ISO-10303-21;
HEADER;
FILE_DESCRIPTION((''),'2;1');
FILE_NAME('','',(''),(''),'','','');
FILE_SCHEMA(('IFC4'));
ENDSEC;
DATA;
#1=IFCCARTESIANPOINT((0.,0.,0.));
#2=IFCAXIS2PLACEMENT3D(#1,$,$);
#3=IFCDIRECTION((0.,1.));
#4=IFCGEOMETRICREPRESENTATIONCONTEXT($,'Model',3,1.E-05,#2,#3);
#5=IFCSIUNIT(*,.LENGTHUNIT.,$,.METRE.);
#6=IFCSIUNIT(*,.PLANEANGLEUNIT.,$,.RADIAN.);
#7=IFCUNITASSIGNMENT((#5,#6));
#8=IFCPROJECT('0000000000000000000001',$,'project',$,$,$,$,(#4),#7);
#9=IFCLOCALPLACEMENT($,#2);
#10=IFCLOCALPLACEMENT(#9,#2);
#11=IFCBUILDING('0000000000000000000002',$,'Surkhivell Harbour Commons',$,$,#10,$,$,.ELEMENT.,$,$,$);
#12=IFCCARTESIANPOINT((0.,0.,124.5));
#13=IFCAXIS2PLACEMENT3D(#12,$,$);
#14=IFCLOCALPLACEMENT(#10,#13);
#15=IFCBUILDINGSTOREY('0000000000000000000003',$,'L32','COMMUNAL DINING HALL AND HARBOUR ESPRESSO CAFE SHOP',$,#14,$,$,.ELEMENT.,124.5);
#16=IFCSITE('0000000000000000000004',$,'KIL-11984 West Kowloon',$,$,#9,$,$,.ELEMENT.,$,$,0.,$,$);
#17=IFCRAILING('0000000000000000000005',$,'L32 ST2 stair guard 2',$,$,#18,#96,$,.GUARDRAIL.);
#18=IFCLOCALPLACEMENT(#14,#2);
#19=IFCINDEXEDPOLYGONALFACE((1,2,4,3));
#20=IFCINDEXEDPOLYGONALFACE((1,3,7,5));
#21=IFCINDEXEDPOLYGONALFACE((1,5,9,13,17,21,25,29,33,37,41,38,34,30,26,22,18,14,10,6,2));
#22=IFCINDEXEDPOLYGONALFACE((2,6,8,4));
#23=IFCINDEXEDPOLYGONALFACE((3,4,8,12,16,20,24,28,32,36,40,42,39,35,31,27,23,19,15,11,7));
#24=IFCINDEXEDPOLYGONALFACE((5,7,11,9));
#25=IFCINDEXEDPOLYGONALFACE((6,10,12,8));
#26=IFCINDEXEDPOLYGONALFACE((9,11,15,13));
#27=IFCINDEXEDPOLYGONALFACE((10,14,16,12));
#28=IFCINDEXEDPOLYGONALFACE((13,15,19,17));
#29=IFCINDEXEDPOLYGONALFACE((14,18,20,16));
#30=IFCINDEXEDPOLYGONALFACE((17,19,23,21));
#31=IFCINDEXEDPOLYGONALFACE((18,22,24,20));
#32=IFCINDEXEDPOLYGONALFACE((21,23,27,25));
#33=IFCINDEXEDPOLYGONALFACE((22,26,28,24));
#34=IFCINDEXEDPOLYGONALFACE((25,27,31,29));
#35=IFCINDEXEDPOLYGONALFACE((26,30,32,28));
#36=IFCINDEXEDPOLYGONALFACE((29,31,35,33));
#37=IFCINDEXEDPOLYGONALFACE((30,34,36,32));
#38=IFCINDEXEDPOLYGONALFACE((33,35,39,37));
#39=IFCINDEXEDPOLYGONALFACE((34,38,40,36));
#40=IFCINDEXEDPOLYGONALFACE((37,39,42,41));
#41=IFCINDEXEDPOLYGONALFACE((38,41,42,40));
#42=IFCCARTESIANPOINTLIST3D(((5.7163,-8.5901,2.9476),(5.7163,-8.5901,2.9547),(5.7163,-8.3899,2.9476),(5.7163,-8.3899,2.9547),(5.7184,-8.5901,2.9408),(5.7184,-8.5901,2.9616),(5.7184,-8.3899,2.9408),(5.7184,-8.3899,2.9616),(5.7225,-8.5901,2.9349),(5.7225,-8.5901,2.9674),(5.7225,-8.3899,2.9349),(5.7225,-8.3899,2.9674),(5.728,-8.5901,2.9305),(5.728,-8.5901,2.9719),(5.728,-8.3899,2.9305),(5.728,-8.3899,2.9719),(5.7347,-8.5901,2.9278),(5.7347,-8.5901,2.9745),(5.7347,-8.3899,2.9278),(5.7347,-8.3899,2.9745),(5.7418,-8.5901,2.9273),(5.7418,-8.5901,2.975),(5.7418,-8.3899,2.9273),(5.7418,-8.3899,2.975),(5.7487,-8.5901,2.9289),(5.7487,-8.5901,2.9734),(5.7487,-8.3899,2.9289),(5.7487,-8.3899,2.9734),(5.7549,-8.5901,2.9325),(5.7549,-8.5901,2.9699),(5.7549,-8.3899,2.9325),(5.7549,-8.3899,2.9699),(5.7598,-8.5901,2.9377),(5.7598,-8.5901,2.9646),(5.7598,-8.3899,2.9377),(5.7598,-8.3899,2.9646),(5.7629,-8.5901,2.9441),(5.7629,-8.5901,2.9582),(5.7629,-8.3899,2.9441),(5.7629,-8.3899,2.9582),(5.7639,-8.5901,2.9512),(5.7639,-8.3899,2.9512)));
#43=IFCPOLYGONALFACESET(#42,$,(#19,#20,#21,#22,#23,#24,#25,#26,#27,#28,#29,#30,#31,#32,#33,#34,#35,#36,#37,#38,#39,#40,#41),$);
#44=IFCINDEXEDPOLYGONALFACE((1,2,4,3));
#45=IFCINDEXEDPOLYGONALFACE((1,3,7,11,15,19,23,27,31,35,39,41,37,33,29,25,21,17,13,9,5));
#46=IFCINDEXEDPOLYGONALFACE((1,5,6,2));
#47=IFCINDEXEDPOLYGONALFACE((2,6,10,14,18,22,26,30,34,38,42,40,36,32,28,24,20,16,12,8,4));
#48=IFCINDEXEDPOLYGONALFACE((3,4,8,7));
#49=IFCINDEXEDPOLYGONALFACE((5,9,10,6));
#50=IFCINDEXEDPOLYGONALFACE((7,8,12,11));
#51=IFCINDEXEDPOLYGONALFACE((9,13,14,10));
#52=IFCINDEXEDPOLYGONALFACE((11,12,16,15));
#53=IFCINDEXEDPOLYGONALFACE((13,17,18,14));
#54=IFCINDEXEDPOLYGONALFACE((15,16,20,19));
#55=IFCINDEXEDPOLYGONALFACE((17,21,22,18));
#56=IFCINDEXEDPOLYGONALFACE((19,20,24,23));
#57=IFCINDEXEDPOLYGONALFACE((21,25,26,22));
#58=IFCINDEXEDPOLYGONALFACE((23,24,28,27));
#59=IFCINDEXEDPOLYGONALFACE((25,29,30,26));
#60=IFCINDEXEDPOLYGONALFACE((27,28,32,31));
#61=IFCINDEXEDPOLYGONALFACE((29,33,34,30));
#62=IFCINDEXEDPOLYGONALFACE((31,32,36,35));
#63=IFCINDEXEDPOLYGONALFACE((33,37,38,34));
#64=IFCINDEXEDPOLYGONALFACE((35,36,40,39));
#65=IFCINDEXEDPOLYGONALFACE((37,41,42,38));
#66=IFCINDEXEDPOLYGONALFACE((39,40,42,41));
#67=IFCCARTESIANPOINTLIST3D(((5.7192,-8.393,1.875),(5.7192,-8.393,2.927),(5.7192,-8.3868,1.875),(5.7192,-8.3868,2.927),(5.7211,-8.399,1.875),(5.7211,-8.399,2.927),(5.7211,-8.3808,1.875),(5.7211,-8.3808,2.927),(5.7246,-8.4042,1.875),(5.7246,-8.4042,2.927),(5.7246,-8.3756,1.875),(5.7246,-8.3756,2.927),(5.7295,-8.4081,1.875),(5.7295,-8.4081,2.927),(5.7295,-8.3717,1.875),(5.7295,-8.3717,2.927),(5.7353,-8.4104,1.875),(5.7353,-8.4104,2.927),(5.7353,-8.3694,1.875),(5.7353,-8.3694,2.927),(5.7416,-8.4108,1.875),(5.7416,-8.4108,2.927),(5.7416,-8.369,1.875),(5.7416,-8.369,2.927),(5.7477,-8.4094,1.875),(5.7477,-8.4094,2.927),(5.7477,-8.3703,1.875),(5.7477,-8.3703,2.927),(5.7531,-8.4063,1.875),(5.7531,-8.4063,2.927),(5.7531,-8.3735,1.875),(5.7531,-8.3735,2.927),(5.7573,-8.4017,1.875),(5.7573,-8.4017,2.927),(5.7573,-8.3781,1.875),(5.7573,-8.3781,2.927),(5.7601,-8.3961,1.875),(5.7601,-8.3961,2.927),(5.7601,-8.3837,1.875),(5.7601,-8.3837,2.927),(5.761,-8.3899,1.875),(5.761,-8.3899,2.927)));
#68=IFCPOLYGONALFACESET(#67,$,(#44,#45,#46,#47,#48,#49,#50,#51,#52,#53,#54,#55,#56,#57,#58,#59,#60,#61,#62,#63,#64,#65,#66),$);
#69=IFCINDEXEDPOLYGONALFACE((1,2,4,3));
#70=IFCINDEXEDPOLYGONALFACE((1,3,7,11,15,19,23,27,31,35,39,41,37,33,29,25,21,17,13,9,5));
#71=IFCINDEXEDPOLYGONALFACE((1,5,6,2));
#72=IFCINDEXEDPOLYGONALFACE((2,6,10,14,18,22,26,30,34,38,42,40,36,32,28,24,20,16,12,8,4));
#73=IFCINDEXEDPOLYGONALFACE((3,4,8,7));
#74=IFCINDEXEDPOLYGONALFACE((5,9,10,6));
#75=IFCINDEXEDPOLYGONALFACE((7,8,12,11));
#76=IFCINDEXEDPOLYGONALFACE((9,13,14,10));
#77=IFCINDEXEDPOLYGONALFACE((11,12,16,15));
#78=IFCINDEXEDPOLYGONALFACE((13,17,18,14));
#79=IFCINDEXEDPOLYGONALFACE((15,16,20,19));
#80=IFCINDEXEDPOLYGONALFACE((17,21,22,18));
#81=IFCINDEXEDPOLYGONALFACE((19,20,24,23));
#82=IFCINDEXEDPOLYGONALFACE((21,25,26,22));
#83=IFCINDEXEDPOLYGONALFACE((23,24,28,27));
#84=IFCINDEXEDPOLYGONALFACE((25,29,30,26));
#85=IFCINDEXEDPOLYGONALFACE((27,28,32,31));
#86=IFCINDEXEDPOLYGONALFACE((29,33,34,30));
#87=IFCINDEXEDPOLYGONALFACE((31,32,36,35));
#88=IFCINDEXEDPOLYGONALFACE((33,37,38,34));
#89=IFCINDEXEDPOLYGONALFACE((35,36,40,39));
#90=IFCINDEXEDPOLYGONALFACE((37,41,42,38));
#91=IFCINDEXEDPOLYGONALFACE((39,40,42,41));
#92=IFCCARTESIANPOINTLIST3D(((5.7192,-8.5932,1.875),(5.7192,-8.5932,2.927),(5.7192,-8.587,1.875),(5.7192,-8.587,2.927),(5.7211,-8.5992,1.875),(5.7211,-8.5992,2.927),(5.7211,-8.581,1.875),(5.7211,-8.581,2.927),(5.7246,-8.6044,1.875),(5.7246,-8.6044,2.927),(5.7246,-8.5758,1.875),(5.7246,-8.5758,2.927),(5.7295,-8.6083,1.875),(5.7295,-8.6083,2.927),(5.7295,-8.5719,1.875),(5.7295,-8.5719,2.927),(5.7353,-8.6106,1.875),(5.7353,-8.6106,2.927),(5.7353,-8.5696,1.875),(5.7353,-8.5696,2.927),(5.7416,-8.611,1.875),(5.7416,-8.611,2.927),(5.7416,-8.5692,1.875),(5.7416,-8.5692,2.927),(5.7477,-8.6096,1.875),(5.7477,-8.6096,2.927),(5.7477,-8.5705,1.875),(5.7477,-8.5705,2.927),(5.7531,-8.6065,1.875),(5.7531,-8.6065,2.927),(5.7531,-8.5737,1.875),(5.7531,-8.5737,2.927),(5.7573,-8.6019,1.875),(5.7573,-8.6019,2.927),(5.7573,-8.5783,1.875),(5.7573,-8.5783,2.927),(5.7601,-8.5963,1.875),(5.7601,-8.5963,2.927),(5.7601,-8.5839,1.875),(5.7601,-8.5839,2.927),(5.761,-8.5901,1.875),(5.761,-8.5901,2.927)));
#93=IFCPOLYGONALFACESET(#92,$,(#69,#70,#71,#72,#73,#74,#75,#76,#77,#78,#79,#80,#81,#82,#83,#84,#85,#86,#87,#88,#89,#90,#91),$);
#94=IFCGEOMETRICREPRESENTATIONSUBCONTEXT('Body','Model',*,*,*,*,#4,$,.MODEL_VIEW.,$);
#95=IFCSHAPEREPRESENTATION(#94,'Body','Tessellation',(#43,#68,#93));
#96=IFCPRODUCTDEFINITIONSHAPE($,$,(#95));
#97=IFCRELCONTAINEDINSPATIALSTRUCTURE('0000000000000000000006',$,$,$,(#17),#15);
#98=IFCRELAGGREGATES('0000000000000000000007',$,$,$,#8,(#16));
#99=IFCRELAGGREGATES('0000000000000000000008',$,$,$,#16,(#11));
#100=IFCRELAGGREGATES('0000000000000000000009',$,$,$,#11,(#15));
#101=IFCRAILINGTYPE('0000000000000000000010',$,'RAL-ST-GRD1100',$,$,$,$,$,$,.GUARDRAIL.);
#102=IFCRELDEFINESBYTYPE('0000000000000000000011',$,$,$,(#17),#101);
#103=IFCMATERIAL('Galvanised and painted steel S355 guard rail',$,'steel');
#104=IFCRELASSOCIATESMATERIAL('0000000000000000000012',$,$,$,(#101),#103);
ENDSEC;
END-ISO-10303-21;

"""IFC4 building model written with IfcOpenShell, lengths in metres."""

from ifc_helpers import new_model, si_unit, direction, frame, origin, origin_2d, place, context, subcontext, project, spatial, circle, extrude, material, type_object, element, save


model = new_model("IFC4")

# Units and contexts
model_context = context("Model", 3, precision=1e-05, world=origin(), true_north=direction((0.0, 1.0)))
body_context = subcontext(model_context, "Body", "Model", "MODEL_VIEW")
ifc_project = project(units=[si_unit("LENGTHUNIT", "METRE"), si_unit("PLANEANGLEUNIT", "RADIAN")], contexts=[model_context])

# Site, building, storey
site_placement = place(None, origin())
site = spatial("IfcSite", under=ifc_project, at=site_placement, Name="KIL-11984 West Kowloon", CompositionType="ELEMENT", RefElevation=0.0)
building_placement = place(site_placement, origin())
building = spatial("IfcBuilding", under=site, at=building_placement, Name="Surkhivell Harbour Commons", CompositionType="ELEMENT")
storey_placement = place(building_placement, frame((0.0, 0.0, 124.5)))
storey = spatial("IfcBuildingStorey", under=building, at=storey_placement, Name="L32", Description="COMMUNAL DINING HALL AND HARBOUR ESPRESSO CAFE SHOP", CompositionType="ELEMENT", Elevation=124.5)

# Railing
ifc_material_1 = material(Name="Galvanised and painted steel S355 guard rail", Category="steel")
railing_type_1 = type_object("IfcRailingType", Name="RAL-ST-GRD1100", PredefinedType="GUARDRAIL", material=ifc_material_1)
railing_1_placement = place(storey_placement, frame((5.74, -8.3899, 1.875)))
element("IfcRailing", 1, at=railing_1_placement, inside=storey, type_object=railing_type_1, Name="L32 ST2 stair guard 2", PredefinedType="GUARDRAIL", context=body_context, shape_type="SweptSolid", body=[
    extrude(circle(Radius=0.0239, at=origin_2d()), frame((0.0, 0.0, 1.0762), z_axis=(0.0, -1.0, 0.0), x_axis=(1.0, 0.0, 0.0)), (0.0, 0.0, 1.0), 0.2002),
    extrude(circle(Radius=0.021, at=origin_2d()), origin(), (0.0, 0.0, 1.0), 1.052),
    extrude(circle(Radius=0.021, at=origin_2d()), frame((0.0, -0.2002, 0.0)), (0.0, 0.0, 1.0), 1.052),
])

save(model, "model.ifc")
